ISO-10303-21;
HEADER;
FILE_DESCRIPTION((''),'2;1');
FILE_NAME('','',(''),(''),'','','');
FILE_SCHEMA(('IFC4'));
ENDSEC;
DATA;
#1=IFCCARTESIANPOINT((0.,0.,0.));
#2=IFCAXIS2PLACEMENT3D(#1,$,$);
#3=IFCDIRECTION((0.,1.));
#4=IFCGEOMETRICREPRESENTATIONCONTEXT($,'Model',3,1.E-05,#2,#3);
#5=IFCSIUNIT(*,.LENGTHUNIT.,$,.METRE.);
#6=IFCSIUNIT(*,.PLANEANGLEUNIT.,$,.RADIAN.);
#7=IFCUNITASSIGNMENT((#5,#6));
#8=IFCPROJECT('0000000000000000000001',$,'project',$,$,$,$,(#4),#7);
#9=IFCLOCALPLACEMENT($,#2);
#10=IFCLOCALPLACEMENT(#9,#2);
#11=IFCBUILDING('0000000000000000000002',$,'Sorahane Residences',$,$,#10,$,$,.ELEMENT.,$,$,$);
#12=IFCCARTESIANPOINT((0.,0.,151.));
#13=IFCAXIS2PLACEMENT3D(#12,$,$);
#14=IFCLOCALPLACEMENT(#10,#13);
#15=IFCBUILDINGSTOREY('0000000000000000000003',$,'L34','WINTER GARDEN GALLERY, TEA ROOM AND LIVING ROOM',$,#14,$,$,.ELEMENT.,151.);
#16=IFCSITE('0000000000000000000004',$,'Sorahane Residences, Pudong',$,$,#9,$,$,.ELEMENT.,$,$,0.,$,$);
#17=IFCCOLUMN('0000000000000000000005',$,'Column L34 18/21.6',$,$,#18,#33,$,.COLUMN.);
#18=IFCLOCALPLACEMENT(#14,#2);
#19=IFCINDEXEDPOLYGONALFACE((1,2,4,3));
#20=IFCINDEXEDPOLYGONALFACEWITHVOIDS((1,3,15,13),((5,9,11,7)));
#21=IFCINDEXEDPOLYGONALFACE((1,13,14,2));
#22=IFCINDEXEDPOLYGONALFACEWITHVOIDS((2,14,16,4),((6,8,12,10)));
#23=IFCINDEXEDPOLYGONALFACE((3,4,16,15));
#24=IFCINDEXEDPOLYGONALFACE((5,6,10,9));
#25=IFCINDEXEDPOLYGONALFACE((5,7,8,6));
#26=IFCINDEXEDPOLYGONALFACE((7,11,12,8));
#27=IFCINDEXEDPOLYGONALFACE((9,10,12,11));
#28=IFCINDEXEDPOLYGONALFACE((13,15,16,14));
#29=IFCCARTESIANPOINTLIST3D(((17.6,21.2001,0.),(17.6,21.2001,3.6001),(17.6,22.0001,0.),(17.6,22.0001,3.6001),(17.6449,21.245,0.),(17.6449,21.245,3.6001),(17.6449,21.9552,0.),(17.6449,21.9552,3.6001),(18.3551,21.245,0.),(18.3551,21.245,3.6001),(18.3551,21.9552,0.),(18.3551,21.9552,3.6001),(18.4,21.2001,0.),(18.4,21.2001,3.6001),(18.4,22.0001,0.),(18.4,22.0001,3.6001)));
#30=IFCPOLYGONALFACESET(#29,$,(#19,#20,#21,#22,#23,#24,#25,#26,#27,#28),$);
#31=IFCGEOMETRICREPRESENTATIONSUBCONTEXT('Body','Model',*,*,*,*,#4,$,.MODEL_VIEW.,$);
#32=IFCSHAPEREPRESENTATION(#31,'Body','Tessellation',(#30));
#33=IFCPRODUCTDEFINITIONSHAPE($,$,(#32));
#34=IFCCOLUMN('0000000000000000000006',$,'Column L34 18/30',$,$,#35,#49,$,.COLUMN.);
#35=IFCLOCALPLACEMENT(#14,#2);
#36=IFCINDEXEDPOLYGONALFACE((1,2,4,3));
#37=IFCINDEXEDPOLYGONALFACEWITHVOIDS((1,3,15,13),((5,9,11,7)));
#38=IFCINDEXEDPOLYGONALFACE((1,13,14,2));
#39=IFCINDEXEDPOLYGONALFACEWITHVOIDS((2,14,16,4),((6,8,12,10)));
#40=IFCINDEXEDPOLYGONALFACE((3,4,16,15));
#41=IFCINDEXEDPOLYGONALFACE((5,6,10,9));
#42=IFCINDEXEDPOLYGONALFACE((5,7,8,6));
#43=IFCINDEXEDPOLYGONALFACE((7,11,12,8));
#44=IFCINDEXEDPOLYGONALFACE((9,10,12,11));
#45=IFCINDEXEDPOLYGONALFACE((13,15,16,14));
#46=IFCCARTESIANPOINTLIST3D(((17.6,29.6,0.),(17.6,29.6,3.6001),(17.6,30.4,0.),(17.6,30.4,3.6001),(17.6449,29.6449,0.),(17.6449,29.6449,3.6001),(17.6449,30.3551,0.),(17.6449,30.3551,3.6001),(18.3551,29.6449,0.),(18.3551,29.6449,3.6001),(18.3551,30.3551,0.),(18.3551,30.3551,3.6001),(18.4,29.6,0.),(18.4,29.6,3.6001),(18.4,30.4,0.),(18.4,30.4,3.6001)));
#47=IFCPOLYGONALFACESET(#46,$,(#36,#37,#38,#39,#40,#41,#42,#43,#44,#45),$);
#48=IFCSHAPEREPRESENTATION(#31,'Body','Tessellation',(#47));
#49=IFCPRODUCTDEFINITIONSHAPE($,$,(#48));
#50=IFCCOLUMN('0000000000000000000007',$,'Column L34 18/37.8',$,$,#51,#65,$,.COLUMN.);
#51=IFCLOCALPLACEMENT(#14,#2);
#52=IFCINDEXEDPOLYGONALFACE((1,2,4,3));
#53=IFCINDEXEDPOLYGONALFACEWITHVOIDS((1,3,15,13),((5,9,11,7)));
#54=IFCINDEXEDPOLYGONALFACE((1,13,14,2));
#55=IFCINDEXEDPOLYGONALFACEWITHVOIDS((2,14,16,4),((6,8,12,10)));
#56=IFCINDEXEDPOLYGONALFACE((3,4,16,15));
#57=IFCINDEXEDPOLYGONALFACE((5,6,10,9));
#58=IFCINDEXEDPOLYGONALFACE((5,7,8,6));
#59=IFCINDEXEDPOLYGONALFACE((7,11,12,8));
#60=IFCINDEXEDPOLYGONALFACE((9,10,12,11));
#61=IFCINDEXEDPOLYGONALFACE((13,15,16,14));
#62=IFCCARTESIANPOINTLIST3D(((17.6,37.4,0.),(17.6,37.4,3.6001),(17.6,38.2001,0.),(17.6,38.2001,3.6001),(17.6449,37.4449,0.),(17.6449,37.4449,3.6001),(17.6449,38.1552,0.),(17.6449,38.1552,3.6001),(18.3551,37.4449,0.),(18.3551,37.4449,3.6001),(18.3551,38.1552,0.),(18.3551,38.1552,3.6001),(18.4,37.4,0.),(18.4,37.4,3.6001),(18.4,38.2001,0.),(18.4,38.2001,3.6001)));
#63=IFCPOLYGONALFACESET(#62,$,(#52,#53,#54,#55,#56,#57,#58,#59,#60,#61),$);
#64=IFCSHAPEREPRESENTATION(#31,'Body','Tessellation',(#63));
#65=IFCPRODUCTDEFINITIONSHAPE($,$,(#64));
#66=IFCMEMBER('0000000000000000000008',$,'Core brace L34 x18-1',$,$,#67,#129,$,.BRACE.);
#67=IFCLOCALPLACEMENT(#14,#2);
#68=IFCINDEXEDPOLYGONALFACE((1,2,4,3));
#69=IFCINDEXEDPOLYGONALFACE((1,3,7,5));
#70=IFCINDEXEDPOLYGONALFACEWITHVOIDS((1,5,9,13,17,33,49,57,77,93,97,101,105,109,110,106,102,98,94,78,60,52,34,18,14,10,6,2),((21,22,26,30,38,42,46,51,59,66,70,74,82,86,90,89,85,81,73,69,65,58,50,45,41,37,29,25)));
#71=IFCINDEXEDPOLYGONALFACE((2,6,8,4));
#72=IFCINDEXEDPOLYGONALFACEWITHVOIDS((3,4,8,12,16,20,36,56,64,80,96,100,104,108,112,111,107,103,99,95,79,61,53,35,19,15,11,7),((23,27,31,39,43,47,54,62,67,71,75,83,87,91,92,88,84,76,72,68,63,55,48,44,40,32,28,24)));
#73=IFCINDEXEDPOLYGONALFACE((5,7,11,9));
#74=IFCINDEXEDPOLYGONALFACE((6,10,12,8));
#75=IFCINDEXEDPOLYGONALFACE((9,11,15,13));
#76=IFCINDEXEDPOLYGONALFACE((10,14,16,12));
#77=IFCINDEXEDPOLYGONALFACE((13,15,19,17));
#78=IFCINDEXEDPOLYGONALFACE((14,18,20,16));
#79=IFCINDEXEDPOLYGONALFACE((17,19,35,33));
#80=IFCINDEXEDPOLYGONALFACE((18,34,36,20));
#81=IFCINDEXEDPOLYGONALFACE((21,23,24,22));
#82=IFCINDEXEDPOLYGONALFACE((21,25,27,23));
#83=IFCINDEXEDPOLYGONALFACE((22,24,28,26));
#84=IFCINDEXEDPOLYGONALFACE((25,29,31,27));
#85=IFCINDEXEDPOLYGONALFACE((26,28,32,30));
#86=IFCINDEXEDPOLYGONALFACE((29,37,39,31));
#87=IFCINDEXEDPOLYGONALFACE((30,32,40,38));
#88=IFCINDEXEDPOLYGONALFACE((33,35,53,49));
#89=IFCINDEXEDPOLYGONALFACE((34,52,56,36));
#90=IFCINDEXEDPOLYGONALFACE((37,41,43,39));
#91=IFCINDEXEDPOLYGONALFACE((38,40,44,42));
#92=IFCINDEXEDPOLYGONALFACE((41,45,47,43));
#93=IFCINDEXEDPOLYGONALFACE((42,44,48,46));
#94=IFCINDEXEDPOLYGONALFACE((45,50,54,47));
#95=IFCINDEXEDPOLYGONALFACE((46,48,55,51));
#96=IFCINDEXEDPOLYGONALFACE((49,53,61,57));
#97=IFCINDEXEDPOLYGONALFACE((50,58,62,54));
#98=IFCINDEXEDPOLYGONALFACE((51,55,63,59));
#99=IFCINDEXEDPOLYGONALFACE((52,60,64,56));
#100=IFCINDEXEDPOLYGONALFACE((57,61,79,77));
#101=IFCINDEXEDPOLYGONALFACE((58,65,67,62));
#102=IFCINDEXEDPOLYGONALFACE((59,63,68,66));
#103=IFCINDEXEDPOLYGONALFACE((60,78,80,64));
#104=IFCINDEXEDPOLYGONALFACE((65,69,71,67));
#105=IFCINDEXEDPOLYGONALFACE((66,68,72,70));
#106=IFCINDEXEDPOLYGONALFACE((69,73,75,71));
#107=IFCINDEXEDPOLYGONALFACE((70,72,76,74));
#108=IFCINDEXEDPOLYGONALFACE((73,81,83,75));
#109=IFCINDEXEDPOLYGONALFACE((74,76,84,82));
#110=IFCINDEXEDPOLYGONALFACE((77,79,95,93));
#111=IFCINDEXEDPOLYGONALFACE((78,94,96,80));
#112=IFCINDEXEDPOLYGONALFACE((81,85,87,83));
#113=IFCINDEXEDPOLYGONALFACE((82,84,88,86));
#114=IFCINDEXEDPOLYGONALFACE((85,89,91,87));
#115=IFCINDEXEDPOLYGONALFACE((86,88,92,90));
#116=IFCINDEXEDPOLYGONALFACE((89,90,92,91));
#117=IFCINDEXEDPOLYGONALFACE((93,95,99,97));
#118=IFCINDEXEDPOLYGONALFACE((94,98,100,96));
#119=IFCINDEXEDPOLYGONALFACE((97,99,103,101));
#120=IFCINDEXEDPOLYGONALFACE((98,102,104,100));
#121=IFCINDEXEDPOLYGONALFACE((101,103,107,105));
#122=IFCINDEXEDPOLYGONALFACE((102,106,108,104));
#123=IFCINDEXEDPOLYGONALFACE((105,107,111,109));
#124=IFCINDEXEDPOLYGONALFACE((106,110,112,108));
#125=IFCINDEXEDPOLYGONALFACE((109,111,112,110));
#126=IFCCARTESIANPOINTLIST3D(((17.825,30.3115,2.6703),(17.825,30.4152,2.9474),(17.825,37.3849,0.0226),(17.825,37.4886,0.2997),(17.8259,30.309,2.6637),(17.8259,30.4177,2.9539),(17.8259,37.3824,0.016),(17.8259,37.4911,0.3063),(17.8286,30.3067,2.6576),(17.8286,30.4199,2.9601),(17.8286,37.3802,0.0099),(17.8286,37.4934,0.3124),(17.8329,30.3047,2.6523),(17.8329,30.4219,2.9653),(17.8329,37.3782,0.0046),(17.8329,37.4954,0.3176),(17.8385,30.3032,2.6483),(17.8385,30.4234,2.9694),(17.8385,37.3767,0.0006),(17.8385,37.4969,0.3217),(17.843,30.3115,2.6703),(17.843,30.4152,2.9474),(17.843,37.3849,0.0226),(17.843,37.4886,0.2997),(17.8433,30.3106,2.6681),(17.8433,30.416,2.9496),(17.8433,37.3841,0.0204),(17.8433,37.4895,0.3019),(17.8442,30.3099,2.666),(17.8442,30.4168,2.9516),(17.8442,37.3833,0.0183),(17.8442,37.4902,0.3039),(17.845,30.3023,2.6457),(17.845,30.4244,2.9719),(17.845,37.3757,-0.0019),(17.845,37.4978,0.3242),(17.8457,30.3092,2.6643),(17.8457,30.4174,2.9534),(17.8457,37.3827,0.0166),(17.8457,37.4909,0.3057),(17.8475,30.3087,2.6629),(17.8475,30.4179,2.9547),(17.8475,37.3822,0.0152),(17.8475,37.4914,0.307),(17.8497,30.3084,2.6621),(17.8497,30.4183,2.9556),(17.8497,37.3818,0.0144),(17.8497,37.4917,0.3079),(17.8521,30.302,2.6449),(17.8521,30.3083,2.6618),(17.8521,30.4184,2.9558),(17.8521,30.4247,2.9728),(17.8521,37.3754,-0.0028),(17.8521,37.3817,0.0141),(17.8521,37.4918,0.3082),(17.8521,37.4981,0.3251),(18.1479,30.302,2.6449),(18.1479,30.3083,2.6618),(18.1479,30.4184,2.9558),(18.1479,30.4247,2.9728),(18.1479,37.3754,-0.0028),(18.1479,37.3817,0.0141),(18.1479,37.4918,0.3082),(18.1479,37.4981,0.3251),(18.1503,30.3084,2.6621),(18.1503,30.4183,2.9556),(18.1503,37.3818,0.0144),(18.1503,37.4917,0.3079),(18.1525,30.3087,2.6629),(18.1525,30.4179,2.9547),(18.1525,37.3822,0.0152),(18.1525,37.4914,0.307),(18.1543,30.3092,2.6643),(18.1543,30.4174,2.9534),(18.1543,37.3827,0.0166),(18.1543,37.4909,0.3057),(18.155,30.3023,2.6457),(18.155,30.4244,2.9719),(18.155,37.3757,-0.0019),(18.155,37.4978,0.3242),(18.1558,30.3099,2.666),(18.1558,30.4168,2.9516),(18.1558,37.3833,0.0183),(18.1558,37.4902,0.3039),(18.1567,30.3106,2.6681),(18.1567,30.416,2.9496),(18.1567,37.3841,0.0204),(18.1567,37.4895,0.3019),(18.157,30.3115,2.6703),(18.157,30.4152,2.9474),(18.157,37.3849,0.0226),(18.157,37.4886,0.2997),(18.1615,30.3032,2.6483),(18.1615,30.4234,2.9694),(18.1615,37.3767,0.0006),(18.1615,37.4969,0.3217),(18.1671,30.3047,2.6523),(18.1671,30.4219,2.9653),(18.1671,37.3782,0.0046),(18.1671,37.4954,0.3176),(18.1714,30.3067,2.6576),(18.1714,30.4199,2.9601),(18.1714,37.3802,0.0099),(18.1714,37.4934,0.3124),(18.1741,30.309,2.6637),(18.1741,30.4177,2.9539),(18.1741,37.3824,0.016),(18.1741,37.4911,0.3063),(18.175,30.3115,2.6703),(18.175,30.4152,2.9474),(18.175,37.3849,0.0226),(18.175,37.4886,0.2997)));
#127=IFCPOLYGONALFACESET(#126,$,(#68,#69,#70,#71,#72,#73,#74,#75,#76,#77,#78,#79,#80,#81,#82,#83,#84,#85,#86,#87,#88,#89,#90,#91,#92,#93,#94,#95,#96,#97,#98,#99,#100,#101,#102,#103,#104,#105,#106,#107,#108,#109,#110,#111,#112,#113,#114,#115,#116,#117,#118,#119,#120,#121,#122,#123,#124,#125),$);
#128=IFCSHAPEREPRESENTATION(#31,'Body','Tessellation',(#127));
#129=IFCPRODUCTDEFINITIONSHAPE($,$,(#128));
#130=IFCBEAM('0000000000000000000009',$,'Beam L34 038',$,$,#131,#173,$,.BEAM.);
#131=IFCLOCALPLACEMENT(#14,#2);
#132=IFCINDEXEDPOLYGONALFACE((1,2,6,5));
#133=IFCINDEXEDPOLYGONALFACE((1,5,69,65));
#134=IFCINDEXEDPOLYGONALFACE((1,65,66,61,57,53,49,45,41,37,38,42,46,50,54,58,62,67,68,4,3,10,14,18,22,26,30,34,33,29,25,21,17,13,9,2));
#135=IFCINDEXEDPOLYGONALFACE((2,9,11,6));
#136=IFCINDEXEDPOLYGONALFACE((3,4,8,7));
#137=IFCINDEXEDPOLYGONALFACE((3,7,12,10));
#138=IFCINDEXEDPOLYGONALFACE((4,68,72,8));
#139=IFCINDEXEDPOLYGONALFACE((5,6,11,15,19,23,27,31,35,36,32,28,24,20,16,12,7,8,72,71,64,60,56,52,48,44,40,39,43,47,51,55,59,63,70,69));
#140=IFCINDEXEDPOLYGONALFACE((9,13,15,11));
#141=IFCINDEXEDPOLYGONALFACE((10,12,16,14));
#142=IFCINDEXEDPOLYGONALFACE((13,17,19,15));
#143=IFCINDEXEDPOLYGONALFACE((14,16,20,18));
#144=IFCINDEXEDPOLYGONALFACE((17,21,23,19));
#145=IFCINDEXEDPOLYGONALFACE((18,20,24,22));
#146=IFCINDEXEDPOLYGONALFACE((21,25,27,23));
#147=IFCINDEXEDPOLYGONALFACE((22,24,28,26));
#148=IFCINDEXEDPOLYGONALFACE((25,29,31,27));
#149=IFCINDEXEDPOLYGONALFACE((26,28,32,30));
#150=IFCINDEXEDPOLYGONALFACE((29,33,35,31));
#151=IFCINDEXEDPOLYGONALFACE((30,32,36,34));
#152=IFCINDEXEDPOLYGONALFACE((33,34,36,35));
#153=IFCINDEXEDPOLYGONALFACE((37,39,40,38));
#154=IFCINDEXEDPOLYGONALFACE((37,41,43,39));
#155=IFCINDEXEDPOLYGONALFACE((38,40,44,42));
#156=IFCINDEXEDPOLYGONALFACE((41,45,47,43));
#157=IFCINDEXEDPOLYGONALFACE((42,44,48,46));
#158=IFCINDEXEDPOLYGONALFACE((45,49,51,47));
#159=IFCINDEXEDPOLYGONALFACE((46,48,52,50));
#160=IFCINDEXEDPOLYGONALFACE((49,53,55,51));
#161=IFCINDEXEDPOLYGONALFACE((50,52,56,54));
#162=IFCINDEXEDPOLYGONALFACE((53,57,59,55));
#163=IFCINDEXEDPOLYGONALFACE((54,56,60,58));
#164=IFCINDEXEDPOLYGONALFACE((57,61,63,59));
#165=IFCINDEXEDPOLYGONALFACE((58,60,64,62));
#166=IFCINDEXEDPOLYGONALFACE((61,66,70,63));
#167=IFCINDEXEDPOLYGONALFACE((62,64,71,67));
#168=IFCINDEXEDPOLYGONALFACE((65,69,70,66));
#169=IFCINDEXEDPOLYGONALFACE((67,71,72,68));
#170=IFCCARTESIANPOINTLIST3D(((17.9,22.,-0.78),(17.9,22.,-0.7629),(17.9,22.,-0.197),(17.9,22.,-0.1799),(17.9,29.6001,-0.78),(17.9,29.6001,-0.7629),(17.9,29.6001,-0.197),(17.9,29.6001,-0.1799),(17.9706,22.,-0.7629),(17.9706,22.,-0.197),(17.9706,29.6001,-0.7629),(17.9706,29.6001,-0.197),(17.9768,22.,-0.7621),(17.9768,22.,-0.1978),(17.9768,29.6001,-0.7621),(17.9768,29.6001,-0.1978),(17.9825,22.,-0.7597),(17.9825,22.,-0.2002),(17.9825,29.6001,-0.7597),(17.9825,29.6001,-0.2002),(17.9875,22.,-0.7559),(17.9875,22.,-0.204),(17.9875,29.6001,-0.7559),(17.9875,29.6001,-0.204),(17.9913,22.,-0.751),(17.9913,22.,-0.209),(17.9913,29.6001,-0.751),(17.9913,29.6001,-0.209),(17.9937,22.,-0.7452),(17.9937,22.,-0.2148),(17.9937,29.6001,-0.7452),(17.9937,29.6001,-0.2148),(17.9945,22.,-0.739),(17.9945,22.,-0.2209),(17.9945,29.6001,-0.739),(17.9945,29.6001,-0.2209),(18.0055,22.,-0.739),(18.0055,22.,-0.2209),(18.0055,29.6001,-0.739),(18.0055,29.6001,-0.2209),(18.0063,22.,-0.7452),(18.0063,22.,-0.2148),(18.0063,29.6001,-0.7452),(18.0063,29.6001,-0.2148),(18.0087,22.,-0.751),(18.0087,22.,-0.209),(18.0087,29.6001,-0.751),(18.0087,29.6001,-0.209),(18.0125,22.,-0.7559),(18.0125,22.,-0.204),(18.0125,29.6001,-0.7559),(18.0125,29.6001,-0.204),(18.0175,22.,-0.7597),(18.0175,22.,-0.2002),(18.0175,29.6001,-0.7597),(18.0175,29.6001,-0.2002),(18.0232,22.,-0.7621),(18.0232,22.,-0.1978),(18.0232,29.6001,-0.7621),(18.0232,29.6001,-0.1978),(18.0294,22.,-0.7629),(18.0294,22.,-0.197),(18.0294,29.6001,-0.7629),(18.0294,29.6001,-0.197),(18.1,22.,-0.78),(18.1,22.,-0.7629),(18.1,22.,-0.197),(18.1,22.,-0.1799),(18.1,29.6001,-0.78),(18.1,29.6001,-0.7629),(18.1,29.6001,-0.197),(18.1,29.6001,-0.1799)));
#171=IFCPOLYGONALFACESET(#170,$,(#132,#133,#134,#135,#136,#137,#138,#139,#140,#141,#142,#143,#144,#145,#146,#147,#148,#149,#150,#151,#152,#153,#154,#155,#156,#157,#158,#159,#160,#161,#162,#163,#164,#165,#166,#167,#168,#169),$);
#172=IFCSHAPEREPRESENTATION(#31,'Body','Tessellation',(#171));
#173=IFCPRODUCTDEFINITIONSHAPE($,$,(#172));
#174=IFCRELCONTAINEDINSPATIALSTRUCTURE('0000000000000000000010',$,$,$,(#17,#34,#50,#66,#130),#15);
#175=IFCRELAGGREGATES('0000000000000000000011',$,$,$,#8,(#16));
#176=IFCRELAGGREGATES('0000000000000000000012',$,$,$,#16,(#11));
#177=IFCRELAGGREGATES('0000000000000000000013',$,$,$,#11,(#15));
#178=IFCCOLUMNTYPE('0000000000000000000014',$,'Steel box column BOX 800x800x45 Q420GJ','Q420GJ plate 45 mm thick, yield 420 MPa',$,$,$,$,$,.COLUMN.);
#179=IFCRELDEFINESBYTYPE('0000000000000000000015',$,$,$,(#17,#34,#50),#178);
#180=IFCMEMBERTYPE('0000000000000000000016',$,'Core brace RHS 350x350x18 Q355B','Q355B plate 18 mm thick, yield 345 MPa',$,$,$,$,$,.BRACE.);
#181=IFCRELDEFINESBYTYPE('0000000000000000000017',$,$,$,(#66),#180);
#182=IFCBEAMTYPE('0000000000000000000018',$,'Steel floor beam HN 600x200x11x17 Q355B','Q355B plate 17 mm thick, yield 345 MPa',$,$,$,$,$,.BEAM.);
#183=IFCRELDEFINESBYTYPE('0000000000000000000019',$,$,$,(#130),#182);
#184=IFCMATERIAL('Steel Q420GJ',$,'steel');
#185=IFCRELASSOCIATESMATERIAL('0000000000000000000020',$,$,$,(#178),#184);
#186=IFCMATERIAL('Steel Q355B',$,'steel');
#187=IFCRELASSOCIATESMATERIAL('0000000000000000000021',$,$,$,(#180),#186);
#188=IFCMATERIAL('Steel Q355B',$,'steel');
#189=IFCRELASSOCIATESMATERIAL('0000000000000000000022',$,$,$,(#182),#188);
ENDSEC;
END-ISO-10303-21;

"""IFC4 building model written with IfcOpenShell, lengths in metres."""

from ifc_helpers import new_model, si_unit, direction, frame, origin, origin_2d, place, context, subcontext, project, spatial, hollow_rectangle, i_section, extrude, material, material_profile, profile_set, type_object, element, save


model = new_model("IFC4")

# Units and contexts
model_context = context("Model", 3, precision=1e-05, world=origin(), true_north=direction((0.0, 1.0)))
body_context = subcontext(model_context, "Body", "Model", "MODEL_VIEW")
ifc_project = project(units=[si_unit("LENGTHUNIT", "METRE"), si_unit("PLANEANGLEUNIT", "RADIAN")], contexts=[model_context])

# Site, building, storey
site_placement = place(None, origin())
site = spatial("IfcSite", under=ifc_project, at=site_placement, Name="Sorahane Residences, Pudong", CompositionType="ELEMENT", RefElevation=0.0)
building_placement = place(site_placement, origin())
building = spatial("IfcBuilding", under=site, at=building_placement, Name="Sorahane Residences", CompositionType="ELEMENT")
storey_placement = place(building_placement, frame((0.0, 0.0, 151.0)))
storey = spatial("IfcBuildingStorey", under=building, at=storey_placement, Name="L34", Description="WINTER GARDEN GALLERY, TEA ROOM AND LIVING ROOM", CompositionType="ELEMENT", Elevation=151.0)

# Columns
ifc_material_1 = material(Name="Steel Q420GJ", Category="steel")
ifc_material_profile_1 = material_profile(ifc_material_1, hollow_rectangle(XDim=0.8, YDim=0.8, WallThickness=0.0449, at=origin_2d()), Name="BOX 800x800x45")
ifc_profile_set_1 = profile_set([ifc_material_profile_1], Name="Steel Q420GJ")
column_type = type_object("IfcColumnType", Name="Steel box column BOX 800x800x45 Q420GJ", Description="Q420GJ plate 45 mm thick, yield 420 MPa", PredefinedType="COLUMN", material=ifc_profile_set_1)
for number, where, z_axis, x_axis, name in (
    (1, (18.0, 21.6001, 0.0), (0.0, 0.0, 1.0), (1.0, 0.0, 0.0), "Column L34 18/21.6"),
    (2, (18.0, 30.0, 0.0), (0.0, 0.0, 1.0), (1.0, 0.0, 0.0), "Column L34 18/30"),
    (3, (18.0, 37.8, 0.0), (0.0, 0.0, 1.0), (1.0, 0.0, 0.0), "Column L34 18/37.8"),
):
    element("IfcColumn", number, at=place(storey_placement, frame(where, z_axis=z_axis, x_axis=x_axis)), inside=storey, type_object=column_type, Name=name, PredefinedType="COLUMN", context=body_context, shape_type="SweptSolid", body=[
        extrude(hollow_rectangle(XDim=0.8, YDim=0.8, WallThickness=0.0449, at=origin_2d()), origin(), (0.0, 0.0, 1.0), 3.6001),
    ])

# Member
ifc_material_2 = material(Name="Steel Q355B", Category="steel")
ifc_material_profile_2 = material_profile(ifc_material_2, hollow_rectangle(XDim=0.3501, YDim=0.3501, WallThickness=0.0181, InnerFilletRadius=0.009, OuterFilletRadius=0.0271, at=origin_2d()), Name="RHS 350x350x18")
ifc_profile_set_2 = profile_set([ifc_material_profile_2], Name="Steel Q355B")
member_type = type_object("IfcMemberType", Name="Core brace RHS 350x350x18 Q355B", Description="Q355B plate 18 mm thick, yield 345 MPa", PredefinedType="BRACE", material=ifc_profile_set_2)
member_placement = place(storey_placement, frame((18.0, 37.4368, 0.1611), z_axis=(0.0, -0.93654, 0.35056), x_axis=(1.0, 0.0, 0.0)))
element("IfcMember", 4, at=member_placement, inside=storey, type_object=member_type, Name="Core brace L34 x18-1", PredefinedType="BRACE", context=body_context, shape_type="SweptSolid", body=[
    extrude(hollow_rectangle(XDim=0.3501, YDim=0.3501, WallThickness=0.0181, InnerFilletRadius=0.009, OuterFilletRadius=0.0271, at=origin_2d()), origin(), (0.0, 0.0, 1.0), 7.5527),
])

# Beam
ifc_material_3 = material(Name="Steel Q355B", Category="steel")
ifc_material_profile_3 = material_profile(ifc_material_3, i_section(OverallWidth=0.2, OverallDepth=0.6001, WebThickness=0.011, FlangeThickness=0.0171, FilletRadius=0.0239, at=origin_2d()), Name="HN 600x200x11x17")
ifc_profile_set_3 = profile_set([ifc_material_profile_3], Name="Steel Q355B")
beam_type = type_object("IfcBeamType", Name="Steel floor beam HN 600x200x11x17 Q355B", Description="Q355B plate 17 mm thick, yield 345 MPa", PredefinedType="BEAM", material=ifc_profile_set_3)
beam_placement = place(storey_placement, frame((18.0, 22.0, -0.48), z_axis=(0.0, 1.0, 0.0), x_axis=(-1.0, 0.0, 0.0)))
element("IfcBeam", 5, at=beam_placement, inside=storey, type_object=beam_type, Name="Beam L34 038", PredefinedType="BEAM", context=body_context, shape_type="SweptSolid", body=[
    extrude(i_section(OverallWidth=0.2, OverallDepth=0.6001, WebThickness=0.011, FlangeThickness=0.0171, FilletRadius=0.0239, at=origin_2d()), origin(), (0.0, 0.0, 1.0), 7.6001),
])

save(model, "model.ifc")
